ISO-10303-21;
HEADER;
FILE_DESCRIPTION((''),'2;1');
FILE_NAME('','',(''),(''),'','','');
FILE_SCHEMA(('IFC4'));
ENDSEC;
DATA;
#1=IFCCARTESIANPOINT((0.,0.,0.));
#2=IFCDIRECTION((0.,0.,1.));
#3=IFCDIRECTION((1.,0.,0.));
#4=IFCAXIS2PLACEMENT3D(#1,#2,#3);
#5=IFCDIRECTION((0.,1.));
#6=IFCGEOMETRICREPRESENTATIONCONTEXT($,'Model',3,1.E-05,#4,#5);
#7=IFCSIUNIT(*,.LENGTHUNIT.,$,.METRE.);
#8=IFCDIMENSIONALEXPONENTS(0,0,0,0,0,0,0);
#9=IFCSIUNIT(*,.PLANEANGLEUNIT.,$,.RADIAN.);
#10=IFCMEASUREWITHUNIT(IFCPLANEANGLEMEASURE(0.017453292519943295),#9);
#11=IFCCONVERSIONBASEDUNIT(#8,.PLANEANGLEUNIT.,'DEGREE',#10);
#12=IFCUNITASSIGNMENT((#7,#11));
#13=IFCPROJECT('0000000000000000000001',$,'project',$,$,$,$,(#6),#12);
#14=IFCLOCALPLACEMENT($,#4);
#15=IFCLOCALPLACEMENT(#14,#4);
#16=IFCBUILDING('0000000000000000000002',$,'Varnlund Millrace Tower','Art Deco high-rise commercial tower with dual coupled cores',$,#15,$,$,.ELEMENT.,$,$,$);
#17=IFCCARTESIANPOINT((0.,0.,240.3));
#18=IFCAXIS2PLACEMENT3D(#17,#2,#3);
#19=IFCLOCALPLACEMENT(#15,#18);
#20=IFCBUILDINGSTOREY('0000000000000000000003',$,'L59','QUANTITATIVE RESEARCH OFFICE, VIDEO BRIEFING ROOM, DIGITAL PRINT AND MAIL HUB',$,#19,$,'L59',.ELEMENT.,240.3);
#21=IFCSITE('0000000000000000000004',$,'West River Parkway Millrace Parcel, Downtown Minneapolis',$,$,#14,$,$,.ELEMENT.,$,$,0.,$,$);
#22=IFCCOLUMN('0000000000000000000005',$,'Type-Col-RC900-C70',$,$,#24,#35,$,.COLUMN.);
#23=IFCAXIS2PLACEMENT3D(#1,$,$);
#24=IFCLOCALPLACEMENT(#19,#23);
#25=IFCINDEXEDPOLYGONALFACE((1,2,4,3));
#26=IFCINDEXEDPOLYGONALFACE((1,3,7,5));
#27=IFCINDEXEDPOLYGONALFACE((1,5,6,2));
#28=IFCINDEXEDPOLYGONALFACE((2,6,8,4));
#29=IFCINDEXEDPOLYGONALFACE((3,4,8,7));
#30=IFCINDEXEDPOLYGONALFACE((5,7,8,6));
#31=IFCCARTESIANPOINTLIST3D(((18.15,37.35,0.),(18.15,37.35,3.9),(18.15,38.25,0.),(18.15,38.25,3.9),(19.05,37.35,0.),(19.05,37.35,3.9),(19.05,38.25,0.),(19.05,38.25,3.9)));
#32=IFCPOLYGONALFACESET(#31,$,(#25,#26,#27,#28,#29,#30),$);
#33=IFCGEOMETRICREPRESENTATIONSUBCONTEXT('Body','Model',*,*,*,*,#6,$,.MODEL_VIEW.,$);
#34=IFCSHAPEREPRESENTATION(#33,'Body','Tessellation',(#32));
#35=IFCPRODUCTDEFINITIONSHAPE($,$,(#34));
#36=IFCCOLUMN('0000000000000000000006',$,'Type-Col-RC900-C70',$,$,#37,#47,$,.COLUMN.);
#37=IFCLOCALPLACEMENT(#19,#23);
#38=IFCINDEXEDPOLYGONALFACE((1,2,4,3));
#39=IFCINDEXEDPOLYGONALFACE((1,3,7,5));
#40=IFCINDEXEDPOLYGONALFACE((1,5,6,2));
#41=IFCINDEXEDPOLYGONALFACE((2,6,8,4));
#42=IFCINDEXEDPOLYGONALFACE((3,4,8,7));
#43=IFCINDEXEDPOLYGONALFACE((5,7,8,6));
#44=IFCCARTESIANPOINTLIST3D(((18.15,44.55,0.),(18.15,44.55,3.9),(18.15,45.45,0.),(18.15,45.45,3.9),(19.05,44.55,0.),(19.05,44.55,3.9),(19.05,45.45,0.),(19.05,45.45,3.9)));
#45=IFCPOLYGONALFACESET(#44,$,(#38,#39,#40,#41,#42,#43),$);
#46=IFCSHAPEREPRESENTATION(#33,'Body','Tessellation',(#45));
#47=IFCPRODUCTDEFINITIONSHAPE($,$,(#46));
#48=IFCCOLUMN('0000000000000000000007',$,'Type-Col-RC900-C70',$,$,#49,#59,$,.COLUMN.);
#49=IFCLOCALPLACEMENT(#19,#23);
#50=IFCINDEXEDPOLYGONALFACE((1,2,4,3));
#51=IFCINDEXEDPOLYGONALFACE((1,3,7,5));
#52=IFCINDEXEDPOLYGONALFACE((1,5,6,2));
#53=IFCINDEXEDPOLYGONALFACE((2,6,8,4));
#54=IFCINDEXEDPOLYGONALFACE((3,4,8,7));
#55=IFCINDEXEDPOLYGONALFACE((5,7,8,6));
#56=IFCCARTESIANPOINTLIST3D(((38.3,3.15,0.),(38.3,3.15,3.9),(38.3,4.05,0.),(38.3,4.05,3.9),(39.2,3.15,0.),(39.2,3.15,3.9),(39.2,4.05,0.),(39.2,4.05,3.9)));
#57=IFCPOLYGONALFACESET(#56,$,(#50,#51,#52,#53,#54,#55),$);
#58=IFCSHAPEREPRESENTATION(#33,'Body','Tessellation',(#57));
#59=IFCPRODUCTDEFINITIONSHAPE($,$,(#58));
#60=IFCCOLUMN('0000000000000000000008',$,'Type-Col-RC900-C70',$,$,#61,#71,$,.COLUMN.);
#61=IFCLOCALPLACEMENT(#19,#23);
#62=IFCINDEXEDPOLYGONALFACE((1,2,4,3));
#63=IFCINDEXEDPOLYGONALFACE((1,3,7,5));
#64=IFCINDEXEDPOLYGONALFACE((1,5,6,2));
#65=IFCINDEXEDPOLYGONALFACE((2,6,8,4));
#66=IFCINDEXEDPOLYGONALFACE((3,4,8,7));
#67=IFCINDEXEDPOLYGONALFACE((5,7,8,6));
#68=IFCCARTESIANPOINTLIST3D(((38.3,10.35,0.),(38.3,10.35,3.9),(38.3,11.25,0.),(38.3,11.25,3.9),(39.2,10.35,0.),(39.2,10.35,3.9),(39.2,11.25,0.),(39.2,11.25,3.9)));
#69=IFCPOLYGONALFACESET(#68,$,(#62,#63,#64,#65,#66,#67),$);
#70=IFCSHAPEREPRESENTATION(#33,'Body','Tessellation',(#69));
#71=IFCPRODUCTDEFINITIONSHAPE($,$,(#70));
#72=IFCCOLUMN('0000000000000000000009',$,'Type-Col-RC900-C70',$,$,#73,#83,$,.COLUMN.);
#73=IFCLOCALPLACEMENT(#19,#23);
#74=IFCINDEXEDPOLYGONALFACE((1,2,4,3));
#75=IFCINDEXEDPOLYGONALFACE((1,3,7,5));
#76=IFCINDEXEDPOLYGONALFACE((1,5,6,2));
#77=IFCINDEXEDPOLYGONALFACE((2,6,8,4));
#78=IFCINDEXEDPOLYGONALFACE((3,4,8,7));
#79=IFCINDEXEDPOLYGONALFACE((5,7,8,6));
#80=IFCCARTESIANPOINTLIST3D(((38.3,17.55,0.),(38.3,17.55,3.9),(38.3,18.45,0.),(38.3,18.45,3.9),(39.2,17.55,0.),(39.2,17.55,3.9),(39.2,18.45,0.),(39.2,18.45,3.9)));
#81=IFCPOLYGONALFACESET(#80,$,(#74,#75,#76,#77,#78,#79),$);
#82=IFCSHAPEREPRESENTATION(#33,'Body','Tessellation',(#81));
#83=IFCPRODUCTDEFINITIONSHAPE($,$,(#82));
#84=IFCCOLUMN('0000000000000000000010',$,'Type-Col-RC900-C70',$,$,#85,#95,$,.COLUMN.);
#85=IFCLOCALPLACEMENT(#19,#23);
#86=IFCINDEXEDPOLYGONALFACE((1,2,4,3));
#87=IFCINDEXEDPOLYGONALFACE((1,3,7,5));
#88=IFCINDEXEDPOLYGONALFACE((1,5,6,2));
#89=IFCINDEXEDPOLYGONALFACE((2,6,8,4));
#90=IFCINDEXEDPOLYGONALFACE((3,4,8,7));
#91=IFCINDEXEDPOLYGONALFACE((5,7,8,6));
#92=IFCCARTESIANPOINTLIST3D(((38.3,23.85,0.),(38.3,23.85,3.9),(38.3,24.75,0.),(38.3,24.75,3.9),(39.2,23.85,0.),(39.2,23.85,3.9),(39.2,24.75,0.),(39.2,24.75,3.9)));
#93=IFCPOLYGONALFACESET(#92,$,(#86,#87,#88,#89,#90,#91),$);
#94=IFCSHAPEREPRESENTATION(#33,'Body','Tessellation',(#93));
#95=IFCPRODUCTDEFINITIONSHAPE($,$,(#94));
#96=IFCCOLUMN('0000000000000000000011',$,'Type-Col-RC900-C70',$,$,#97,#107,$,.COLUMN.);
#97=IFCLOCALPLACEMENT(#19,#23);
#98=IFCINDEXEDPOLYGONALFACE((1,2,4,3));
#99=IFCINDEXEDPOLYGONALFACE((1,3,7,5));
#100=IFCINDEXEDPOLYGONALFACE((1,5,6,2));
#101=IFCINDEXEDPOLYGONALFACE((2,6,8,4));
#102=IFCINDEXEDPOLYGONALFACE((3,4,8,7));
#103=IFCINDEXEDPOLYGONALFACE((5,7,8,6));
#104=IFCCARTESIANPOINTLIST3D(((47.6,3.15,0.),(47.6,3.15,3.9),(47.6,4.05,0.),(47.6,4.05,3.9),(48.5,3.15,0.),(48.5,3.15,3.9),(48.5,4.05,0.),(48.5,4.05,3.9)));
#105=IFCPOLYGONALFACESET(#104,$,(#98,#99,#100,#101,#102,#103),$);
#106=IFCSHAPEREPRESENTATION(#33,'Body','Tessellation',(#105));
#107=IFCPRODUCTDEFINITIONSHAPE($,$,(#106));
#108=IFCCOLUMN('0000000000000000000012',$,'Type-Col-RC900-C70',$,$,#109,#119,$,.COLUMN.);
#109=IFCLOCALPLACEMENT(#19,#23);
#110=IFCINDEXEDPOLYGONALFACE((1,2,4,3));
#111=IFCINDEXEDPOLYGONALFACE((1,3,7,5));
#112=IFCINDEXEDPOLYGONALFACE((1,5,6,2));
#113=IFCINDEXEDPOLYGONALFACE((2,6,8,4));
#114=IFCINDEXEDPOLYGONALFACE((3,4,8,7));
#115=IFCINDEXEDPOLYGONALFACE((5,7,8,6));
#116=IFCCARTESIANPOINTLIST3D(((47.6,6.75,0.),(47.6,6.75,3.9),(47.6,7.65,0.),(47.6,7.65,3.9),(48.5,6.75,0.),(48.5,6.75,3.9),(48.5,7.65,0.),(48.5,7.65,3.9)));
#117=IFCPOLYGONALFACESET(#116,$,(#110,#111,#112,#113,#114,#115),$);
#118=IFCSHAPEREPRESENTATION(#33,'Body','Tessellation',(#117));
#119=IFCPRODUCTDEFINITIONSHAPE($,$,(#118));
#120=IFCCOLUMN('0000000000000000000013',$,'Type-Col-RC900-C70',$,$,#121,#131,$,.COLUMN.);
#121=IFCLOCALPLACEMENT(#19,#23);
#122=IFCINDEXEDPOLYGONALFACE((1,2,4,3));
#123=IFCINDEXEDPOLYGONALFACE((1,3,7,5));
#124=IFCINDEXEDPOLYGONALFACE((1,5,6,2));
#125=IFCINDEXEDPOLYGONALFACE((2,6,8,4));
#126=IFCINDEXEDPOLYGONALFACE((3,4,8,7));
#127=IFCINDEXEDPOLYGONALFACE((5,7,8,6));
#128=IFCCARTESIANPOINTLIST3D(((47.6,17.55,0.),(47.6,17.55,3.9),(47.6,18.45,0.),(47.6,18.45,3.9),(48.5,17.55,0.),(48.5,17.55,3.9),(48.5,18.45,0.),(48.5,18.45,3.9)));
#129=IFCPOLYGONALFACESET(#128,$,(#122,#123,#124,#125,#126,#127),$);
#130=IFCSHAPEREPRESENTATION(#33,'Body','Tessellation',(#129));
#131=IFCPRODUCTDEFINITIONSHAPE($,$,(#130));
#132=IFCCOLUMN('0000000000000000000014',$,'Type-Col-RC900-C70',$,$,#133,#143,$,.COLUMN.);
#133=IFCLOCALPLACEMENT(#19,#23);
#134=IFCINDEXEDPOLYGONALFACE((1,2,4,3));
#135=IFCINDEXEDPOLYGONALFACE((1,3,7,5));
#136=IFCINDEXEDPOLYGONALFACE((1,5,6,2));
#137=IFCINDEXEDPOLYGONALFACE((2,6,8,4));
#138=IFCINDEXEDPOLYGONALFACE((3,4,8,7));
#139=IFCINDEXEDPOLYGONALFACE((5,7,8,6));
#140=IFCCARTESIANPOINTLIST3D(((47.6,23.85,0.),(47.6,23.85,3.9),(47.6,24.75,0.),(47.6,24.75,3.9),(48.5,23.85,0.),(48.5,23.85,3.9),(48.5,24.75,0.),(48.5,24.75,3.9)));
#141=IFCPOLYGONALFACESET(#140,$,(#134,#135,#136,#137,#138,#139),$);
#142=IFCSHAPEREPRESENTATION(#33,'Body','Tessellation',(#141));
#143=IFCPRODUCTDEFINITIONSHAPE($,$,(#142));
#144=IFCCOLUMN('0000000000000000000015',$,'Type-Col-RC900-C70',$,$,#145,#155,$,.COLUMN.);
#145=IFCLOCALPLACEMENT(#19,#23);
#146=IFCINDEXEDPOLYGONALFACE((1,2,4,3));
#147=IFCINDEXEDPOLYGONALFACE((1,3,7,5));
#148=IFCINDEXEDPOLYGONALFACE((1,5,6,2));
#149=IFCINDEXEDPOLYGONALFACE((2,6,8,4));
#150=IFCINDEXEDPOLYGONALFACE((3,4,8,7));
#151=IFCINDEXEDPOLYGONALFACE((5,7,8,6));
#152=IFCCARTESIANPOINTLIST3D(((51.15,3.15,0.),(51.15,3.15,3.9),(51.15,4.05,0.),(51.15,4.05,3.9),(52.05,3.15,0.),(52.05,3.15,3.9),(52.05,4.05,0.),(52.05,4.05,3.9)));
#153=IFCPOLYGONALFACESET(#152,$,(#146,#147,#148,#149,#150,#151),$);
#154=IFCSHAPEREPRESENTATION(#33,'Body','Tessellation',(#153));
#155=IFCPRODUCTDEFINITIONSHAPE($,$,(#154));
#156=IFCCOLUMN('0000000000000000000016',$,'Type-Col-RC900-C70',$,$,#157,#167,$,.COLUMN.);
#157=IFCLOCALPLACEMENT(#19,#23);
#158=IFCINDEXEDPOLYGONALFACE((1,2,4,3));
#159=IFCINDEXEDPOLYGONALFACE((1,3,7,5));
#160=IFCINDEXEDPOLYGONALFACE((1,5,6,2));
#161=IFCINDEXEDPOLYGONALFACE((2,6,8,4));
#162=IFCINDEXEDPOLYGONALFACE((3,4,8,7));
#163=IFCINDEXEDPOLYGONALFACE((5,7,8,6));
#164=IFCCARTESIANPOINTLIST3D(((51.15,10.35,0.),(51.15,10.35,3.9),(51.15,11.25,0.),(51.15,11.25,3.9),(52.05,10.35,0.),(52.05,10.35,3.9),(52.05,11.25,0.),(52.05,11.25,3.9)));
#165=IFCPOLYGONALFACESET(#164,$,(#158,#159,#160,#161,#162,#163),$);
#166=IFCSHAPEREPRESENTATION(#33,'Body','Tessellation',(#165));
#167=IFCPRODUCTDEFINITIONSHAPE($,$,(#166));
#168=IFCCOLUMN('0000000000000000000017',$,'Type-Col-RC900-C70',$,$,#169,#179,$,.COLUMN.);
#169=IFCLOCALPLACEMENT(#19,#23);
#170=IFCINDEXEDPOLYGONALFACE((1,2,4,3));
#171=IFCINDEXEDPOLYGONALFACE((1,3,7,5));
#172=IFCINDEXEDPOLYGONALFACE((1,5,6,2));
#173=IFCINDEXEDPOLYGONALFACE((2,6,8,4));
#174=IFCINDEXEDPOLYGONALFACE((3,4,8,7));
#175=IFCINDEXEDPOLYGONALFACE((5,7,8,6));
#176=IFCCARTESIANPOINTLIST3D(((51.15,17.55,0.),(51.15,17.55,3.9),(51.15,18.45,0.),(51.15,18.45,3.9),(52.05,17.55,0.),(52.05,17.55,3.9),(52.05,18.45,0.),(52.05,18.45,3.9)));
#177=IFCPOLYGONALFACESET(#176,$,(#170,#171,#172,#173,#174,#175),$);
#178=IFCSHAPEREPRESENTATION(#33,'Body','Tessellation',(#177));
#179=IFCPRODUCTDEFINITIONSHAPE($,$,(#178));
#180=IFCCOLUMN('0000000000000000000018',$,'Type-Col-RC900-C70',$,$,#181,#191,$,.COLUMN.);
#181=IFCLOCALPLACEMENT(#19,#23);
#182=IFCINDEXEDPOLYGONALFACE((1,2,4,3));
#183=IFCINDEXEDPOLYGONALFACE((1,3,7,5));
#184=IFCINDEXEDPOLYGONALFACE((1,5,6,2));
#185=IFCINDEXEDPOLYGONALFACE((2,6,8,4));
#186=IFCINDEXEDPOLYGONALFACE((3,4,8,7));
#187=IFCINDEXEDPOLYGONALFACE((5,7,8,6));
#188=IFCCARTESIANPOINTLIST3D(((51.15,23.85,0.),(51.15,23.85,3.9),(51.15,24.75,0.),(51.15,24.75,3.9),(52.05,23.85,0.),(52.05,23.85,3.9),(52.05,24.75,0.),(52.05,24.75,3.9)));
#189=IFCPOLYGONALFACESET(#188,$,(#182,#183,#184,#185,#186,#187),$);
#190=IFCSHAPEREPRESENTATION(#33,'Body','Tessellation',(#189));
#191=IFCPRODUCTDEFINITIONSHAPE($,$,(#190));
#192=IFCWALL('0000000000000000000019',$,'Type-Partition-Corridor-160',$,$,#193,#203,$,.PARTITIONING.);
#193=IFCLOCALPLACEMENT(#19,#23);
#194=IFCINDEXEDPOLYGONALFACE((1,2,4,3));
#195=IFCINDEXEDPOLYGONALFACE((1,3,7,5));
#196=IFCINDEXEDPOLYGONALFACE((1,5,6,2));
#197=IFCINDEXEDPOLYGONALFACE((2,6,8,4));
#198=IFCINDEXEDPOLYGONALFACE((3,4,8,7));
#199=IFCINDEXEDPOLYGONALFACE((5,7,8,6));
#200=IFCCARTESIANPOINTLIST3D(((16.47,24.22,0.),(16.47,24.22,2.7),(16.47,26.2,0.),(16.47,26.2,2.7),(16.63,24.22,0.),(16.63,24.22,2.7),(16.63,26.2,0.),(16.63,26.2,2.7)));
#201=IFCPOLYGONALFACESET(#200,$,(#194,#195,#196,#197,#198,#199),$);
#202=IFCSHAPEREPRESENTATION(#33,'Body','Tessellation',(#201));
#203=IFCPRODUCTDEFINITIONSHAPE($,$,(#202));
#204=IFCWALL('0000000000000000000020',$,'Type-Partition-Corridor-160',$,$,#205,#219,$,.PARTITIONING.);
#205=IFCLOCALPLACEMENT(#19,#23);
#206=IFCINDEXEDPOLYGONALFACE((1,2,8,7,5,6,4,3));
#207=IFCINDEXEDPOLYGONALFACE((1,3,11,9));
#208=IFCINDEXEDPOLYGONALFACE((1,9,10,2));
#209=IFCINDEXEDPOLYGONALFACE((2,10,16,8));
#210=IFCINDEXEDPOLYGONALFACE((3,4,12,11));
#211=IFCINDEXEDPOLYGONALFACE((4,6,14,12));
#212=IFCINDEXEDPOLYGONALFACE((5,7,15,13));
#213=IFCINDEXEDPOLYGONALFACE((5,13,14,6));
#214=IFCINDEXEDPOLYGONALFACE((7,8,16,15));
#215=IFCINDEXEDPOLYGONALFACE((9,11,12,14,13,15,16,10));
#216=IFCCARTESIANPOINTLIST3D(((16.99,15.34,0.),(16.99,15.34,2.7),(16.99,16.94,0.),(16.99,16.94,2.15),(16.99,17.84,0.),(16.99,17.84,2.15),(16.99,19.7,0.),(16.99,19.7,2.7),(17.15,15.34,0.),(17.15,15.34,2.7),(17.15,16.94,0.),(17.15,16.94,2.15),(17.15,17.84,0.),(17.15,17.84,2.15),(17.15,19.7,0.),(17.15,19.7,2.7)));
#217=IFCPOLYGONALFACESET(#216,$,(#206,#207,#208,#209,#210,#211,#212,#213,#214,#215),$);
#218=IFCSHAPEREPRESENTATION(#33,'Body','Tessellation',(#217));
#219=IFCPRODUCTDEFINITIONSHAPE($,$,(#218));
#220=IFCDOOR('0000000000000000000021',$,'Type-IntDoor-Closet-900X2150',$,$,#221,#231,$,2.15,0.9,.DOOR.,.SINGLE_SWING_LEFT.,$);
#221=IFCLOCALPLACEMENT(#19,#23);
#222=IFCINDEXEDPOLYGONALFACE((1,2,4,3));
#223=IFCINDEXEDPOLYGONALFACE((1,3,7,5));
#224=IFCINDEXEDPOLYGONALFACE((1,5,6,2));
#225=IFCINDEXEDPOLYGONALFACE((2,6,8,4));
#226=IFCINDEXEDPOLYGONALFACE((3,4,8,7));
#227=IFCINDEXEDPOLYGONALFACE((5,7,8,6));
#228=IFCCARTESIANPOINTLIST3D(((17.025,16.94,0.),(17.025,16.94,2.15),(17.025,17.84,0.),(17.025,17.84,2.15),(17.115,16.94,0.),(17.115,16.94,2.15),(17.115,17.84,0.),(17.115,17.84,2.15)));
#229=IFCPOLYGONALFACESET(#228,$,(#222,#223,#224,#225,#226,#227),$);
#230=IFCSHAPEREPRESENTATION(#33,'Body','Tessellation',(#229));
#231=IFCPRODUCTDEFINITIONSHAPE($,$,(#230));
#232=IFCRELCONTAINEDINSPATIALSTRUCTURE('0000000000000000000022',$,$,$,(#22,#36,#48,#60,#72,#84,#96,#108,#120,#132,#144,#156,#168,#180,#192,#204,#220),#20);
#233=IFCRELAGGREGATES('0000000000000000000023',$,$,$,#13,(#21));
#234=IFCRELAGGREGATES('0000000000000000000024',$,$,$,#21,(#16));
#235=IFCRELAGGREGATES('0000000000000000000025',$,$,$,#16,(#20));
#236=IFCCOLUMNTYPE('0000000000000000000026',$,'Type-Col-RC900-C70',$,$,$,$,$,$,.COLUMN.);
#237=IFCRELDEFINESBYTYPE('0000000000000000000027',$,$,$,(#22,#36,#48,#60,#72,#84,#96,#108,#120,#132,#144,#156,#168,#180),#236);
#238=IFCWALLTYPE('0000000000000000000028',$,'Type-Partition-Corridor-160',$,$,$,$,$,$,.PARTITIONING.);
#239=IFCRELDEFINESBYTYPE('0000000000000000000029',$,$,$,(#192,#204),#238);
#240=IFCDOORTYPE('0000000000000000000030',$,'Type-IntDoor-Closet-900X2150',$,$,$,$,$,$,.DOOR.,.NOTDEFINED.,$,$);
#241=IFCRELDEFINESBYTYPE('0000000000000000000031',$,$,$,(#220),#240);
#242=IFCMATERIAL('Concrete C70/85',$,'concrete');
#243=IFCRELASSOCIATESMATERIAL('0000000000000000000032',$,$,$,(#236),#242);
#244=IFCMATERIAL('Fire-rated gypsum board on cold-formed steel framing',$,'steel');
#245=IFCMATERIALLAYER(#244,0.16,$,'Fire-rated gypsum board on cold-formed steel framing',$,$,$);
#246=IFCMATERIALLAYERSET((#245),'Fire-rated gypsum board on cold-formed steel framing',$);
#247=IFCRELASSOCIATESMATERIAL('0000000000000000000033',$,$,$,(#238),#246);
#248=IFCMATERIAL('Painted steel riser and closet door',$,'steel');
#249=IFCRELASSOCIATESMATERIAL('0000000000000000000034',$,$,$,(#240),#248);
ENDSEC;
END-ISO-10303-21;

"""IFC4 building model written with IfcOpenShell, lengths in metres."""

from ifc_helpers import new_model, entity, si_unit, converted_unit, direction, frame, origin_with_axes, origin_2d_with_axis, place, context, subcontext, project, spatial, polyline, rectangle, outline, extrude, material, layer, layer_set, material_profile, profile_set, type_object, element, fill, save


model = new_model("IFC4")

# Units and contexts
model_context = context("Model", 3, precision=1e-05, world=origin_with_axes(), true_north=direction((0.0, 1.0)))
body_context = subcontext(model_context, "Body", "Model", "MODEL_VIEW")
ifc_project = project(units=[si_unit("LENGTHUNIT", "METRE"), converted_unit("PLANEANGLEUNIT", "DEGREE", entity("IfcPlaneAngleMeasure", 0.017453292519943295), si_unit("PLANEANGLEUNIT", "RADIAN"), dimensions=[0, 0, 0, 0, 0, 0, 0])], contexts=[model_context])

# Site, building, storey
site_placement = place(None, origin_with_axes())
site = spatial("IfcSite", under=ifc_project, at=site_placement, Name="West River Parkway Millrace Parcel, Downtown Minneapolis", CompositionType="ELEMENT", RefElevation=0.0)
building_placement = place(site_placement, origin_with_axes())
building = spatial("IfcBuilding", under=site, at=building_placement, Name="Varnlund Millrace Tower", Description="Art Deco high-rise commercial tower with dual coupled cores", CompositionType="ELEMENT")
storey_placement = place(building_placement, frame((0.0, 0.0, 240.3), z_axis=(0.0, 0.0, 1.0), x_axis=(1.0, 0.0, 0.0)))
storey = spatial("IfcBuildingStorey", under=building, at=storey_placement, Name="L59", Description="QUANTITATIVE RESEARCH OFFICE, VIDEO BRIEFING ROOM, DIGITAL PRINT AND MAIL HUB", LongName="L59", CompositionType="ELEMENT", Elevation=240.3)

# Columns
ifc_material_1 = material(Name="Concrete C70/85", Category="concrete")
ifc_material_profile_1 = material_profile(ifc_material_1, rectangle(XDim=0.9, YDim=0.9, at=origin_2d_with_axis()), Name="Concrete C70/85")
ifc_profile_set_1 = profile_set([ifc_material_profile_1], Name="Concrete C70/85")
column_type_1 = type_object("IfcColumnType", Name="Type-Col-RC900-C70", PredefinedType="COLUMN", material=ifc_profile_set_1)
for number, where, z_axis, x_axis, name in (
    (1, (18.6, 37.8, 0.0), (0.0, 0.0, 1.0), (1.0, 0.0, 0.0), "Type-Col-RC900-C70"),
    (2, (18.6, 45.0, 0.0), (0.0, 0.0, 1.0), (1.0, 0.0, 0.0), "Type-Col-RC900-C70"),
    (3, (38.75, 3.6, 0.0), (0.0, 0.0, 1.0), (1.0, 0.0, 0.0), "Type-Col-RC900-C70"),
    (4, (38.75, 10.8, 0.0), (0.0, 0.0, 1.0), (1.0, 0.0, 0.0), "Type-Col-RC900-C70"),
    (5, (38.75, 18.0, 0.0), (0.0, 0.0, 1.0), (1.0, 0.0, 0.0), "Type-Col-RC900-C70"),
    (6, (38.75, 24.3, 0.0), (0.0, 0.0, 1.0), (1.0, 0.0, 0.0), "Type-Col-RC900-C70"),
    (7, (48.05, 3.6, 0.0), (0.0, 0.0, 1.0), (1.0, 0.0, 0.0), "Type-Col-RC900-C70"),
    (8, (48.05, 7.2, 0.0), (0.0, 0.0, 1.0), (1.0, 0.0, 0.0), "Type-Col-RC900-C70"),
    (9, (48.05, 18.0, 0.0), (0.0, 0.0, 1.0), (1.0, 0.0, 0.0), "Type-Col-RC900-C70"),
    (10, (48.05, 24.3, 0.0), (0.0, 0.0, 1.0), (1.0, 0.0, 0.0), "Type-Col-RC900-C70"),
    (11, (51.6, 3.6, 0.0), (0.0, 0.0, 1.0), (1.0, 0.0, 0.0), "Type-Col-RC900-C70"),
    (12, (51.6, 10.8, 0.0), (0.0, 0.0, 1.0), (1.0, 0.0, 0.0), "Type-Col-RC900-C70"),
    (13, (51.6, 18.0, 0.0), (0.0, 0.0, 1.0), (1.0, 0.0, 0.0), "Type-Col-RC900-C70"),
    (14, (51.6, 24.3, 0.0), (0.0, 0.0, 1.0), (1.0, 0.0, 0.0), "Type-Col-RC900-C70"),
):
    element("IfcColumn", number, at=place(storey_placement, frame(where, z_axis=z_axis, x_axis=x_axis)), inside=storey, type_object=column_type_1, Name=name, PredefinedType="COLUMN", context=body_context, shape_type="SweptSolid", body=[
        extrude(rectangle(XDim=0.9, YDim=0.9, at=origin_2d_with_axis()), origin_with_axes(), (0.0, 0.0, 1.0), 3.9),
    ])

# Wall
ifc_material_2 = material(Name="Fire-rated gypsum board on cold-formed steel framing", Category="steel")
ifc_layer_1 = layer(ifc_material_2, 0.16, Name="Fire-rated gypsum board on cold-formed steel framing")
ifc_layer_set_1 = layer_set([ifc_layer_1], Name="Fire-rated gypsum board on cold-formed steel framing")
wall_type_1 = type_object("IfcWallType", Name="Type-Partition-Corridor-160", PredefinedType="PARTITIONING", material=ifc_layer_set_1)
wall_1_placement = place(storey_placement, frame((16.55, 24.22, 0.0), z_axis=(0.0, 0.0, 1.0), x_axis=(0.0, 1.0, 0.0)))
element("IfcWall", 15, at=wall_1_placement, inside=storey, type_object=wall_type_1, Name="Type-Partition-Corridor-160", PredefinedType="PARTITIONING", context=body_context, shape_type="SweptSolid", body=[
    extrude(outline(polyline([(0.0, -0.08), (1.98, -0.08), (1.98, 0.08), (0.0, 0.08), (0.0, -0.08)])), origin_with_axes(), (0.0, 0.0, 1.0), 2.7),
])

# Wall, opening, door
wall_2_placement = place(storey_placement, frame((17.07, 15.34, 0.0), z_axis=(0.0, 0.0, 1.0), x_axis=(0.0, 1.0, 0.0)))
wall_2 = element("IfcWall", 16, at=wall_2_placement, inside=storey, type_object=wall_type_1, Name="Type-Partition-Corridor-160", PredefinedType="PARTITIONING", context=body_context, shape_type="SweptSolid", body=[
    extrude(outline(polyline([(0.0, -0.08), (4.36, -0.08), (4.36, 0.08), (0.0, 0.08), (0.0, -0.08)])), origin_with_axes(), (0.0, 0.0, 1.0), 2.7),
])
opening_1_placement = place(wall_2_placement, frame((2.05, 0.0, 0.0), z_axis=(0.0, 0.0, 1.0), x_axis=(1.0, 0.0, 0.0)))
opening_1 = element("IfcOpeningElement", 17, at=opening_1_placement, cuts=wall_2, PredefinedType="OPENING", context=body_context, shape_type="SweptSolid", body=[
    extrude(rectangle(XDim=0.9, YDim=0.18, at=origin_2d_with_axis()), origin_with_axes(), (0.0, 0.0, 1.0), 2.15),
])
ifc_material_3 = material(Name="Painted steel riser and closet door", Category="steel")
door_type_1 = type_object("IfcDoorType", Name="Type-IntDoor-Closet-900X2150", OperationType="NOTDEFINED", PredefinedType="DOOR", material=ifc_material_3)
door_1_placement = place(wall_2_placement, frame((2.05, 0.0, 0.0), z_axis=(0.0, 0.0, 1.0), x_axis=(1.0, 0.0, 0.0)))
door_1 = element("IfcDoor", 18, at=door_1_placement, inside=storey, type_object=door_type_1, Name="Type-IntDoor-Closet-900X2150", OperationType="SINGLE_SWING_LEFT", OverallHeight=2.15, OverallWidth=0.9, PredefinedType="DOOR", context=body_context, shape_type="SweptSolid", body=[
    extrude(rectangle(XDim=0.9, YDim=0.09, at=origin_2d_with_axis()), origin_with_axes(), (0.0, 0.0, 1.0), 2.15),
])
fill(opening_1, door_1)

save(model, "model.ifc")
